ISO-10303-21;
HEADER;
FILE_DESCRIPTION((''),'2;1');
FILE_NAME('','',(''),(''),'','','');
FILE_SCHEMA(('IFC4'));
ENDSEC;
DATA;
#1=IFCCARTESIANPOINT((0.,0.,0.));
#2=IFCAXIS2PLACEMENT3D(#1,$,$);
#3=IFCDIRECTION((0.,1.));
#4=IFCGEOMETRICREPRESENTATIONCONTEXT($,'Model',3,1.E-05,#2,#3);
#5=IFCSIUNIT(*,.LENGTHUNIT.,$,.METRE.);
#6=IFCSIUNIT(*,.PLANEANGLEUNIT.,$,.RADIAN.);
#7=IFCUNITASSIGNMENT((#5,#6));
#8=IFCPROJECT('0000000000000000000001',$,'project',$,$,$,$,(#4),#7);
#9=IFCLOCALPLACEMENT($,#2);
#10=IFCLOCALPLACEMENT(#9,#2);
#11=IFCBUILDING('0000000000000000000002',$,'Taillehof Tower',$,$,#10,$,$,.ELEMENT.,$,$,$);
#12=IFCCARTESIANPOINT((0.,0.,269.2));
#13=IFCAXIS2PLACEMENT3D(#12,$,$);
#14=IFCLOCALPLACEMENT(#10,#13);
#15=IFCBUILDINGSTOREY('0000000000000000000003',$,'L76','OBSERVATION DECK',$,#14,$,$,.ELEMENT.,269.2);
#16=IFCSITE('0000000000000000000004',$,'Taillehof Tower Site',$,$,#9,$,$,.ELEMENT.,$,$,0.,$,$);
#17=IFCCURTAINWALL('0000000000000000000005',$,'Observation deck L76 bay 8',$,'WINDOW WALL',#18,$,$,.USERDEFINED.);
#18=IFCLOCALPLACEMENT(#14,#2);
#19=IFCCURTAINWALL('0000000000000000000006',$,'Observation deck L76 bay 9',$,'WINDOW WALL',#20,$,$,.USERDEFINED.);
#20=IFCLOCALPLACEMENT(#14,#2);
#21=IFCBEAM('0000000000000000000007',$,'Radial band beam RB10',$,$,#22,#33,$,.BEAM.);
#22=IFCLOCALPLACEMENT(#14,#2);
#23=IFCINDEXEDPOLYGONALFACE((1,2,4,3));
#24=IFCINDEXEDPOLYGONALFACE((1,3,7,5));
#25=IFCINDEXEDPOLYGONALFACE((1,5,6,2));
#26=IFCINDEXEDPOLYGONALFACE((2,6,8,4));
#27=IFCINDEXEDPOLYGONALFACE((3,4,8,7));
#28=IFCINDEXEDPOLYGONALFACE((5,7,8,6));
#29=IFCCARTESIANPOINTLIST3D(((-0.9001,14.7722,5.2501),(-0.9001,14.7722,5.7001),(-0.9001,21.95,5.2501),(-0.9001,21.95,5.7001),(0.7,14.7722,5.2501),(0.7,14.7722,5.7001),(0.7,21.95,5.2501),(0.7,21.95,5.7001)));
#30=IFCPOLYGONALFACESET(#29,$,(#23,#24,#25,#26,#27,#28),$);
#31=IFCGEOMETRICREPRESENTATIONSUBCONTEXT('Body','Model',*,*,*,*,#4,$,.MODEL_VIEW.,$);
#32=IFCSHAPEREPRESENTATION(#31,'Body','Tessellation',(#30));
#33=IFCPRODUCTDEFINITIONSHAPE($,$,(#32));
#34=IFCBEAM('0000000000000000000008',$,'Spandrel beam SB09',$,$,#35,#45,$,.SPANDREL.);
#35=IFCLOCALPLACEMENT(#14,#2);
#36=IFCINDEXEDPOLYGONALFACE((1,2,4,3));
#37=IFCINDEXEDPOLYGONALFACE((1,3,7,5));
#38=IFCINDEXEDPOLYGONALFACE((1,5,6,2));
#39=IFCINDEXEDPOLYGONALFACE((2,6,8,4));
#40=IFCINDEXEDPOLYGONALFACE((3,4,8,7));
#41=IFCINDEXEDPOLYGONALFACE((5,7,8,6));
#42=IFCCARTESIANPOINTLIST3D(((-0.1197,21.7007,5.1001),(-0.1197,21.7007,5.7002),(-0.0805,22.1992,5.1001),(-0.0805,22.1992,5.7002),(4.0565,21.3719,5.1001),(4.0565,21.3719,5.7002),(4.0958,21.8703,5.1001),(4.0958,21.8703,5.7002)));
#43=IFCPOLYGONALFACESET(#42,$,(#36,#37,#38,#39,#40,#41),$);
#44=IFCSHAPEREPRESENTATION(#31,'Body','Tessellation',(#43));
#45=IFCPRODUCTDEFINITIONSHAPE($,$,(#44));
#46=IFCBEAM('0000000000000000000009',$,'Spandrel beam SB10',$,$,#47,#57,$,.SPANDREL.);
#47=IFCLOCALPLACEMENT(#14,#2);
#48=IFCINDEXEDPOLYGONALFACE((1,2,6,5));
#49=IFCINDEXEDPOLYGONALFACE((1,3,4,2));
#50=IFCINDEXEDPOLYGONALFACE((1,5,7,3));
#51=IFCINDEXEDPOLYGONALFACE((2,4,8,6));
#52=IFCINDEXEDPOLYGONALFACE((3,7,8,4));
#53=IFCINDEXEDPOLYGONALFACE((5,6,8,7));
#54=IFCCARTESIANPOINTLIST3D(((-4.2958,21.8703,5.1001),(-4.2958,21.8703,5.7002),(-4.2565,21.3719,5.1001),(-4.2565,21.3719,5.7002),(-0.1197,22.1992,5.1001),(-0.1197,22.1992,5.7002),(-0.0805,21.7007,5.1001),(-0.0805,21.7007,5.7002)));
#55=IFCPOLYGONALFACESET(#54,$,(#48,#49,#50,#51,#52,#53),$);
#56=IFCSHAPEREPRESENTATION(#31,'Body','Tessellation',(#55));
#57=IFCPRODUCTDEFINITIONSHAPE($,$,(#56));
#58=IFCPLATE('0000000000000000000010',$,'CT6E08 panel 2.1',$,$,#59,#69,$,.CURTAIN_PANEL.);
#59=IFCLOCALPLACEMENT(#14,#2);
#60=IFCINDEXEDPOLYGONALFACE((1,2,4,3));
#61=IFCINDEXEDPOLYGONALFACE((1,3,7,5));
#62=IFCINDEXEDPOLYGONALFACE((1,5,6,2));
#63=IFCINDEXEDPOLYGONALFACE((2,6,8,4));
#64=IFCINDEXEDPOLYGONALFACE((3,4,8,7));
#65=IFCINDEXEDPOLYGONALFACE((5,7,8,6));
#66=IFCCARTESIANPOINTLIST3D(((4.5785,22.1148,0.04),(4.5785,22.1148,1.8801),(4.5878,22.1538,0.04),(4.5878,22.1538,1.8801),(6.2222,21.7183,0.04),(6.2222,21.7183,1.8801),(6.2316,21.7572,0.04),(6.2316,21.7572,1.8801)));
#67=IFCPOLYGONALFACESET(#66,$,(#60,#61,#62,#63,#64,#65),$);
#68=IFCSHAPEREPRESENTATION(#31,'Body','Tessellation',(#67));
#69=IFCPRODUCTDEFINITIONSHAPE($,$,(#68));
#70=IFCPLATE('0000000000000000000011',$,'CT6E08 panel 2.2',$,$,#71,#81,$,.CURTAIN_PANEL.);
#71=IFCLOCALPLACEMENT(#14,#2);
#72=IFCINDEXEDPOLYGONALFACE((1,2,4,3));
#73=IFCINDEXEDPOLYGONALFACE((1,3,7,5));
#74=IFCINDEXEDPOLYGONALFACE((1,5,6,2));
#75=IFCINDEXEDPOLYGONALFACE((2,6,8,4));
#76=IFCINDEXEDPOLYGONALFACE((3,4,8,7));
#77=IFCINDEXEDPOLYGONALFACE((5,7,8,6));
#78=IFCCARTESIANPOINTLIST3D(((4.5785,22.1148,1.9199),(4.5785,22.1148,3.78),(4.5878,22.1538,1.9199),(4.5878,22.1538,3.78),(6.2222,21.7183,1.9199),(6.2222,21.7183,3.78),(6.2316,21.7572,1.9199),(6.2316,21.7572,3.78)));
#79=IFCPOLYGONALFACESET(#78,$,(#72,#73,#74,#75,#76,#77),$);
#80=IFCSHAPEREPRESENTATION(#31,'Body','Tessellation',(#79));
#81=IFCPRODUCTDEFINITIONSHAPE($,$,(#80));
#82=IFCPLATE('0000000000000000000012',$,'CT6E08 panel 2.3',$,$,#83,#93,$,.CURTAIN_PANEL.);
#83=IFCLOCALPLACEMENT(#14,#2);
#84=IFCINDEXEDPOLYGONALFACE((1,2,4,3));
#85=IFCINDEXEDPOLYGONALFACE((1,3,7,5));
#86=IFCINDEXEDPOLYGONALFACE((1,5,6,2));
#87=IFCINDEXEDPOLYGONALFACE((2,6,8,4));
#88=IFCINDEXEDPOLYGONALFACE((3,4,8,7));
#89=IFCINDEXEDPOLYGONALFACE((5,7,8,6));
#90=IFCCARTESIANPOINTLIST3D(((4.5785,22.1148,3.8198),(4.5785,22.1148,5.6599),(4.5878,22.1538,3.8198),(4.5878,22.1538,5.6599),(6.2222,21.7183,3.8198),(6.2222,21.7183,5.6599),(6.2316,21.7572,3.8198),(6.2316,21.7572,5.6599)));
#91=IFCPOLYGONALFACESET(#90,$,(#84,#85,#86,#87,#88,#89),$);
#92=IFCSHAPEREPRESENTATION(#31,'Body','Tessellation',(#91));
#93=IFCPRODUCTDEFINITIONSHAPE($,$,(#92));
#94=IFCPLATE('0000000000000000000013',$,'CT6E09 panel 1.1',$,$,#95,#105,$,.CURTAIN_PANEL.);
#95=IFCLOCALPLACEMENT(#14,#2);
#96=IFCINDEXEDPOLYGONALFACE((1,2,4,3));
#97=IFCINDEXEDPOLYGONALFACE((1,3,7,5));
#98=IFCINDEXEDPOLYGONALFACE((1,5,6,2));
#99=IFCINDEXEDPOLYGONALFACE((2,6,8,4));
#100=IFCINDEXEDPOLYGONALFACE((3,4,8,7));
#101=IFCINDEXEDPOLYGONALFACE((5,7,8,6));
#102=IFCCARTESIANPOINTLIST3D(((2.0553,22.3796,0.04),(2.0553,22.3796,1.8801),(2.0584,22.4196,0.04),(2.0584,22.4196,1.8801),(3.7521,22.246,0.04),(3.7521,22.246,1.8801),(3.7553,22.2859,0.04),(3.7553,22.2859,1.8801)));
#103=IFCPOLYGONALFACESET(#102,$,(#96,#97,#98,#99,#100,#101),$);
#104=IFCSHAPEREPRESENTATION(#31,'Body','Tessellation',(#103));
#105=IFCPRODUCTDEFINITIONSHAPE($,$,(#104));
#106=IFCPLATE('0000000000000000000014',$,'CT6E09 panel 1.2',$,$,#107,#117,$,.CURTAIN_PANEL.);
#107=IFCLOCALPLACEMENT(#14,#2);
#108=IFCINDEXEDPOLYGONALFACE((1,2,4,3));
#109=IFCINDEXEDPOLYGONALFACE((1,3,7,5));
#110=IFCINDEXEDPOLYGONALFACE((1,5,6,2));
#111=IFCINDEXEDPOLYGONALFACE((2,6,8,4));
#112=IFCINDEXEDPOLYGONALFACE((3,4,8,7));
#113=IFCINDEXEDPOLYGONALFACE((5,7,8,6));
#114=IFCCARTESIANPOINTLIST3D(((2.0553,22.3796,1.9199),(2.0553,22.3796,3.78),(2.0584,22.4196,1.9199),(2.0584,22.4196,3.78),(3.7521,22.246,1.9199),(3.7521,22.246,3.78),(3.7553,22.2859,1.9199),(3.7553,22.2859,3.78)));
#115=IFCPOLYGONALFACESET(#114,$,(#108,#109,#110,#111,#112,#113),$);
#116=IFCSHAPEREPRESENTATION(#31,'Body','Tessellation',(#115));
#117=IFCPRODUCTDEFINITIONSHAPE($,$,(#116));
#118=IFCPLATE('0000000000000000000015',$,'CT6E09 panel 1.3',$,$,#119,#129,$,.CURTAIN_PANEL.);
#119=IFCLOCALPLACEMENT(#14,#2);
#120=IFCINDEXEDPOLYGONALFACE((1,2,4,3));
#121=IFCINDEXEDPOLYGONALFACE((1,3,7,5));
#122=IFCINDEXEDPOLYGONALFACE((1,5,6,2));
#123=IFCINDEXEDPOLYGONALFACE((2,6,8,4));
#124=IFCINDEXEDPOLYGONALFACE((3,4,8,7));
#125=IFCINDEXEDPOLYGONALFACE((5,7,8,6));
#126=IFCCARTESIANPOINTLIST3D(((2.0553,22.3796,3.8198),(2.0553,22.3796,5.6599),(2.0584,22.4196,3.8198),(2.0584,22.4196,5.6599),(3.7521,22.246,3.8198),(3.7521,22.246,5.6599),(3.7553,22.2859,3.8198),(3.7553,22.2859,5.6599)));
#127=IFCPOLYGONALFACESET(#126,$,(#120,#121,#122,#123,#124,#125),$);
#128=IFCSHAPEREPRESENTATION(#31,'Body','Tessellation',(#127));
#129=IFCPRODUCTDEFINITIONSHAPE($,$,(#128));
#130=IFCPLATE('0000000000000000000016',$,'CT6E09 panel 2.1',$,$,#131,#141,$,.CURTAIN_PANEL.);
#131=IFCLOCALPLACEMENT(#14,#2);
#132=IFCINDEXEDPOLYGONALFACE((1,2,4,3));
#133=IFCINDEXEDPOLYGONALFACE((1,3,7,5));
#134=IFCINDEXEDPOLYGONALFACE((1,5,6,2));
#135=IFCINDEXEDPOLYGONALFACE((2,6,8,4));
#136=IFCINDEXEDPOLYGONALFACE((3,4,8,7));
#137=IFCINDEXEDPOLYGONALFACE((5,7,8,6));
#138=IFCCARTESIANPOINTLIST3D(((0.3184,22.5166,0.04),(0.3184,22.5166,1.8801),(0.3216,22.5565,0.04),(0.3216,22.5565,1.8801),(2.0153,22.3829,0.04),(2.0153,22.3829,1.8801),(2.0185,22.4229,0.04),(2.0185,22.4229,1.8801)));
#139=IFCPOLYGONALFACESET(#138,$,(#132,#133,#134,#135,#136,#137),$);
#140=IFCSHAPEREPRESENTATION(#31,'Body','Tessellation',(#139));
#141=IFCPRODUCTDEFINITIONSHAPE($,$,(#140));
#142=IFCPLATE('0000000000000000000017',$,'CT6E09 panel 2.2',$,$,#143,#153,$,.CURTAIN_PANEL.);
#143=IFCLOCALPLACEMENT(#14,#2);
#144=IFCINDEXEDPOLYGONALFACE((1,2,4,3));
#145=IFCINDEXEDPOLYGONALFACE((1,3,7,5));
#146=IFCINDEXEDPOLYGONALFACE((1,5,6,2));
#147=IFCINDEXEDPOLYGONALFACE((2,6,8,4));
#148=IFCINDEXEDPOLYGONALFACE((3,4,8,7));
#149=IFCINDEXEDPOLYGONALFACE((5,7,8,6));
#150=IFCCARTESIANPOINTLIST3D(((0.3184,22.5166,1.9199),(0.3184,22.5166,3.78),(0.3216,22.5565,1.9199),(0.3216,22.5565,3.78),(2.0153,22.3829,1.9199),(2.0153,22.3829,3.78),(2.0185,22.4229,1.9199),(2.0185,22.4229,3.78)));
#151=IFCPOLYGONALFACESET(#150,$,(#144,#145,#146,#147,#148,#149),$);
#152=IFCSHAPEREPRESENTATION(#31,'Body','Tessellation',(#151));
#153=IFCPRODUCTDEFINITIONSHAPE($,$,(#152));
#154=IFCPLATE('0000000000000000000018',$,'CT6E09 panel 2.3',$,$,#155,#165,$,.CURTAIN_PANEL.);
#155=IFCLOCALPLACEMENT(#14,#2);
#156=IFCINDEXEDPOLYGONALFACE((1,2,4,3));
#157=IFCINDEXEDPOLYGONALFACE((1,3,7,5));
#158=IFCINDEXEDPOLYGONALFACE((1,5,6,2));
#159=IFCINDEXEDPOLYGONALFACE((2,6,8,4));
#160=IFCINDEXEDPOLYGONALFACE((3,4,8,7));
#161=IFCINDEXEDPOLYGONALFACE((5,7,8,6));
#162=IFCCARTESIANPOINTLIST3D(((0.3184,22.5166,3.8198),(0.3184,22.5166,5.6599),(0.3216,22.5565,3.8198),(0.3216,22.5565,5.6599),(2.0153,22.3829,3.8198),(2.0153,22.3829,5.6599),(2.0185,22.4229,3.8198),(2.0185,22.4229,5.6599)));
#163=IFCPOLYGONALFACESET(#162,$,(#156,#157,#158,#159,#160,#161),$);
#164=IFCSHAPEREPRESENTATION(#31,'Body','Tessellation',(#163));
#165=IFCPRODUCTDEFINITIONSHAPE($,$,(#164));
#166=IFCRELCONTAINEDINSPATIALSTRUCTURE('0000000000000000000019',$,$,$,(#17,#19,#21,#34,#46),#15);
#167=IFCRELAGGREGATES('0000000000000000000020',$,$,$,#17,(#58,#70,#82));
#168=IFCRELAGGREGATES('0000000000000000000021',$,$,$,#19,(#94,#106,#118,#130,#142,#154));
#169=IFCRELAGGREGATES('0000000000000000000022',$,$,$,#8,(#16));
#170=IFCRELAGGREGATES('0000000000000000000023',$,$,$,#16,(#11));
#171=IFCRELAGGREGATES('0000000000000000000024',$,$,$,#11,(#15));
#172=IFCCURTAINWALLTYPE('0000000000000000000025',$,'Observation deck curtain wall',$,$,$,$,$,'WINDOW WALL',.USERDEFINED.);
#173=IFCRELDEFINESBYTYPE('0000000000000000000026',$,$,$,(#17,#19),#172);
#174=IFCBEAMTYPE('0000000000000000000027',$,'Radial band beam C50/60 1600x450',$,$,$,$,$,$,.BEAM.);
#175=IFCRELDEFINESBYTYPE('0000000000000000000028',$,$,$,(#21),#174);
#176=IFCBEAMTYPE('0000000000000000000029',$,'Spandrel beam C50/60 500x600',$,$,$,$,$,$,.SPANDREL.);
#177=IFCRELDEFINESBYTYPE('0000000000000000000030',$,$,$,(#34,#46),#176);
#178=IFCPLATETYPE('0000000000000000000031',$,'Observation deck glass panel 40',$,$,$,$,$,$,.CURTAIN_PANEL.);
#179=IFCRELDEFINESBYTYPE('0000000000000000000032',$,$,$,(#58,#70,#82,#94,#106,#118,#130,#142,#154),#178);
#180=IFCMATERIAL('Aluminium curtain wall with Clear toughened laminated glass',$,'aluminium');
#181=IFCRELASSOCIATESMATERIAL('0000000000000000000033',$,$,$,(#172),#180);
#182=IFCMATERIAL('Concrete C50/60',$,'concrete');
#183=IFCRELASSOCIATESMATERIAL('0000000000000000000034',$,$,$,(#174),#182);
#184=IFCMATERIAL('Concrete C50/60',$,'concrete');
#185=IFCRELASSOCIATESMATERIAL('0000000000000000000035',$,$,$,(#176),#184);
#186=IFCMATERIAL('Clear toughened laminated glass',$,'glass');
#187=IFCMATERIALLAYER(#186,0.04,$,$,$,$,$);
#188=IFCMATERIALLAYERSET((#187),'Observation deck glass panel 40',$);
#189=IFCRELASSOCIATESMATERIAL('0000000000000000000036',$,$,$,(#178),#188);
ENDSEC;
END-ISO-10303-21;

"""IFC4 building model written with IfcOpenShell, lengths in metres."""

from ifc_helpers import new_model, si_unit, direction, frame, origin, origin_2d, place, context, subcontext, project, spatial, rectangle, extrude, material, layer, layer_set, material_profile, profile_set, type_object, element, aggregate, save


model = new_model("IFC4")

# Units and contexts
model_context = context("Model", 3, precision=1e-05, world=origin(), true_north=direction((0.0, 1.0)))
body_context = subcontext(model_context, "Body", "Model", "MODEL_VIEW")
ifc_project = project(units=[si_unit("LENGTHUNIT", "METRE"), si_unit("PLANEANGLEUNIT", "RADIAN")], contexts=[model_context])

# Site, building, storey
site_placement = place(None, origin())
site = spatial("IfcSite", under=ifc_project, at=site_placement, Name="Taillehof Tower Site", CompositionType="ELEMENT", RefElevation=0.0)
building_placement = place(site_placement, origin())
building = spatial("IfcBuilding", under=site, at=building_placement, Name="Taillehof Tower", CompositionType="ELEMENT")
storey_placement = place(building_placement, frame((0.0, 0.0, 269.2)))
storey = spatial("IfcBuildingStorey", under=building, at=storey_placement, Name="L76", Description="OBSERVATION DECK", CompositionType="ELEMENT", Elevation=269.2)

# Curtain wall
ifc_material_1 = material(Name="Aluminium curtain wall with Clear toughened laminated glass", Category="aluminium")
curtain_wall_type = type_object("IfcCurtainWallType", Name="Observation deck curtain wall", ElementType="WINDOW WALL", PredefinedType="USERDEFINED", material=ifc_material_1)
curtain_wall_1_placement = place(storey_placement, origin())
curtain_wall_1 = element("IfcCurtainWall", 1, at=curtain_wall_1_placement, inside=storey, type_object=curtain_wall_type, Name="Observation deck L76 bay 8", ObjectType="WINDOW WALL", PredefinedType="USERDEFINED")

# Curtain wall
curtain_wall_2_placement = place(storey_placement, origin())
curtain_wall_2 = element("IfcCurtainWall", 2, at=curtain_wall_2_placement, inside=storey, type_object=curtain_wall_type, Name="Observation deck L76 bay 9", ObjectType="WINDOW WALL", PredefinedType="USERDEFINED")

# Beams
ifc_material_2 = material(Name="Concrete C50/60", Category="concrete")
ifc_material_profile_1 = material_profile(ifc_material_2, rectangle(XDim=1.6001, YDim=0.45, at=origin_2d()), Name="RC 1600x450")
ifc_profile_set_1 = profile_set([ifc_material_profile_1], Name="Concrete C50/60")
beam_type_1 = type_object("IfcBeamType", Name="Radial band beam C50/60 1600x450", PredefinedType="BEAM", material=ifc_profile_set_1)
beam_1_placement = place(storey_placement, frame((-0.1001, 21.95, 5.4751), z_axis=(0.0, -1.0, 0.0), x_axis=(1.0, 0.0, 0.0)))
element("IfcBeam", 3, at=beam_1_placement, inside=storey, type_object=beam_type_1, Name="Radial band beam RB10", PredefinedType="BEAM", context=body_context, shape_type="SweptSolid", body=[
    extrude(rectangle(XDim=1.6001, YDim=0.45, at=origin_2d()), origin(), (0.0, 0.0, 1.0), 7.1777),
])
ifc_material_3 = material(Name="Concrete C50/60", Category="concrete")
ifc_material_profile_2 = material_profile(ifc_material_3, rectangle(XDim=0.5, YDim=0.6001, at=origin_2d()), Name="RC 500x600")
ifc_profile_set_2 = profile_set([ifc_material_profile_2], Name="Concrete C50/60")
beam_type_2 = type_object("IfcBeamType", Name="Spandrel beam C50/60 500x600", PredefinedType="SPANDREL", material=ifc_profile_set_2)
beam_2_placement = place(storey_placement, frame((4.0762, 21.6211, 5.4001), z_axis=(-0.996914, 0.078501, 0.0), x_axis=(-0.078501, -0.996914, 0.0)))
element("IfcBeam", 4, at=beam_2_placement, inside=storey, type_object=beam_type_2, Name="Spandrel beam SB09", PredefinedType="SPANDREL", context=body_context, shape_type="SweptSolid", body=[
    extrude(rectangle(XDim=0.5, YDim=0.6001, at=origin_2d()), origin(), (0.0, 0.0, 1.0), 4.1892),
])
beam_3_placement = place(storey_placement, frame((-0.1001, 21.95, 5.4001), z_axis=(-0.996914, -0.078506, 0.0), x_axis=(0.078506, -0.996914, 0.0)))
element("IfcBeam", 5, at=beam_3_placement, inside=storey, type_object=beam_type_2, Name="Spandrel beam SB10", PredefinedType="SPANDREL", context=body_context, shape_type="SweptSolid", body=[
    extrude(rectangle(XDim=0.5, YDim=0.6001, at=origin_2d()), origin(), (0.0, 0.0, 1.0), 4.189),
])

# Plates
ifc_material_4 = material(Name="Clear toughened laminated glass", Category="glass")
ifc_layer = layer(ifc_material_4, 0.04)
ifc_layer_set = layer_set([ifc_layer], Name="Observation deck glass panel 40")
plate_type = type_object("IfcPlateType", Name="Observation deck glass panel 40", PredefinedType="CURTAIN_PANEL", material=ifc_layer_set)
plate_1_placement = place(storey_placement, frame((5.405, 21.936, 0.04), z_axis=(0.0, 0.0, 1.0), x_axis=(-0.972113, 0.234515, 0.0)))
plate_1 = element("IfcPlate", 6, at=plate_1_placement, type_object=plate_type, Name="CT6E08 panel 2.1", PredefinedType="CURTAIN_PANEL", context=body_context, shape_type="SweptSolid", body=[
    extrude(rectangle(XDim=1.6909, YDim=0.04, at=origin_2d()), origin(), (0.0, 0.0, 1.0), 1.8401),
])
plate_2_placement = place(storey_placement, frame((5.405, 21.936, 1.9199), z_axis=(0.0, 0.0, 1.0), x_axis=(-0.972113, 0.234515, 0.0)))
plate_2 = element("IfcPlate", 7, at=plate_2_placement, type_object=plate_type, Name="CT6E08 panel 2.2", PredefinedType="CURTAIN_PANEL", context=body_context, shape_type="SweptSolid", body=[
    extrude(rectangle(XDim=1.6909, YDim=0.04, at=origin_2d()), origin(), (0.0, 0.0, 1.0), 1.8601),
])
plate_3_placement = place(storey_placement, frame((5.405, 21.936, 3.8198), z_axis=(0.0, 0.0, 1.0), x_axis=(-0.972113, 0.234515, 0.0)))
plate_3 = element("IfcPlate", 8, at=plate_3_placement, type_object=plate_type, Name="CT6E08 panel 2.3", PredefinedType="CURTAIN_PANEL", context=body_context, shape_type="SweptSolid", body=[
    extrude(rectangle(XDim=1.6909, YDim=0.04, at=origin_2d()), origin(), (0.0, 0.0, 1.0), 1.8401),
])
aggregate(curtain_wall_1, [plate_1, plate_2, plate_3])
plate_4_placement = place(storey_placement, frame((2.9053, 22.3328, 0.04), z_axis=(0.0, 0.0, 1.0), x_axis=(-0.996912, 0.078525, 0.0)))
plate_4 = element("IfcPlate", 9, at=plate_4_placement, type_object=plate_type, Name="CT6E09 panel 1.1", PredefinedType="CURTAIN_PANEL", context=body_context, shape_type="SweptSolid", body=[
    extrude(rectangle(XDim=1.7021, YDim=0.04, at=origin_2d()), origin(), (0.0, 0.0, 1.0), 1.8401),
])
plate_5_placement = place(storey_placement, frame((2.9053, 22.3328, 1.9199), z_axis=(0.0, 0.0, 1.0), x_axis=(-0.996912, 0.078525, 0.0)))
plate_5 = element("IfcPlate", 10, at=plate_5_placement, type_object=plate_type, Name="CT6E09 panel 1.2", PredefinedType="CURTAIN_PANEL", context=body_context, shape_type="SweptSolid", body=[
    extrude(rectangle(XDim=1.7021, YDim=0.04, at=origin_2d()), origin(), (0.0, 0.0, 1.0), 1.8601),
])
plate_6_placement = place(storey_placement, frame((2.9053, 22.3328, 3.8198), z_axis=(0.0, 0.0, 1.0), x_axis=(-0.996912, 0.078525, 0.0)))
plate_6 = element("IfcPlate", 11, at=plate_6_placement, type_object=plate_type, Name="CT6E09 panel 1.3", PredefinedType="CURTAIN_PANEL", context=body_context, shape_type="SweptSolid", body=[
    extrude(rectangle(XDim=1.7021, YDim=0.04, at=origin_2d()), origin(), (0.0, 0.0, 1.0), 1.8401),
])
plate_7_placement = place(storey_placement, frame((1.1685, 22.4697, 0.04), z_axis=(0.0, 0.0, 1.0), x_axis=(-0.996912, 0.078525, 0.0)))
plate_7 = element("IfcPlate", 12, at=plate_7_placement, type_object=plate_type, Name="CT6E09 panel 2.1", PredefinedType="CURTAIN_PANEL", context=body_context, shape_type="SweptSolid", body=[
    extrude(rectangle(XDim=1.7021, YDim=0.04, at=origin_2d()), origin(), (0.0, 0.0, 1.0), 1.8401),
])
plate_8_placement = place(storey_placement, frame((1.1685, 22.4697, 1.9199), z_axis=(0.0, 0.0, 1.0), x_axis=(-0.996912, 0.078525, 0.0)))
plate_8 = element("IfcPlate", 13, at=plate_8_placement, type_object=plate_type, Name="CT6E09 panel 2.2", PredefinedType="CURTAIN_PANEL", context=body_context, shape_type="SweptSolid", body=[
    extrude(rectangle(XDim=1.7021, YDim=0.04, at=origin_2d()), origin(), (0.0, 0.0, 1.0), 1.8601),
])
plate_9_placement = place(storey_placement, frame((1.1685, 22.4697, 3.8198), z_axis=(0.0, 0.0, 1.0), x_axis=(-0.996912, 0.078525, 0.0)))
plate_9 = element("IfcPlate", 14, at=plate_9_placement, type_object=plate_type, Name="CT6E09 panel 2.3", PredefinedType="CURTAIN_PANEL", context=body_context, shape_type="SweptSolid", body=[
    extrude(rectangle(XDim=1.7021, YDim=0.04, at=origin_2d()), origin(), (0.0, 0.0, 1.0), 1.8401),
])
aggregate(curtain_wall_2, [plate_4, plate_5, plate_6, plate_7, plate_8, plate_9])

save(model, "model.ifc")
